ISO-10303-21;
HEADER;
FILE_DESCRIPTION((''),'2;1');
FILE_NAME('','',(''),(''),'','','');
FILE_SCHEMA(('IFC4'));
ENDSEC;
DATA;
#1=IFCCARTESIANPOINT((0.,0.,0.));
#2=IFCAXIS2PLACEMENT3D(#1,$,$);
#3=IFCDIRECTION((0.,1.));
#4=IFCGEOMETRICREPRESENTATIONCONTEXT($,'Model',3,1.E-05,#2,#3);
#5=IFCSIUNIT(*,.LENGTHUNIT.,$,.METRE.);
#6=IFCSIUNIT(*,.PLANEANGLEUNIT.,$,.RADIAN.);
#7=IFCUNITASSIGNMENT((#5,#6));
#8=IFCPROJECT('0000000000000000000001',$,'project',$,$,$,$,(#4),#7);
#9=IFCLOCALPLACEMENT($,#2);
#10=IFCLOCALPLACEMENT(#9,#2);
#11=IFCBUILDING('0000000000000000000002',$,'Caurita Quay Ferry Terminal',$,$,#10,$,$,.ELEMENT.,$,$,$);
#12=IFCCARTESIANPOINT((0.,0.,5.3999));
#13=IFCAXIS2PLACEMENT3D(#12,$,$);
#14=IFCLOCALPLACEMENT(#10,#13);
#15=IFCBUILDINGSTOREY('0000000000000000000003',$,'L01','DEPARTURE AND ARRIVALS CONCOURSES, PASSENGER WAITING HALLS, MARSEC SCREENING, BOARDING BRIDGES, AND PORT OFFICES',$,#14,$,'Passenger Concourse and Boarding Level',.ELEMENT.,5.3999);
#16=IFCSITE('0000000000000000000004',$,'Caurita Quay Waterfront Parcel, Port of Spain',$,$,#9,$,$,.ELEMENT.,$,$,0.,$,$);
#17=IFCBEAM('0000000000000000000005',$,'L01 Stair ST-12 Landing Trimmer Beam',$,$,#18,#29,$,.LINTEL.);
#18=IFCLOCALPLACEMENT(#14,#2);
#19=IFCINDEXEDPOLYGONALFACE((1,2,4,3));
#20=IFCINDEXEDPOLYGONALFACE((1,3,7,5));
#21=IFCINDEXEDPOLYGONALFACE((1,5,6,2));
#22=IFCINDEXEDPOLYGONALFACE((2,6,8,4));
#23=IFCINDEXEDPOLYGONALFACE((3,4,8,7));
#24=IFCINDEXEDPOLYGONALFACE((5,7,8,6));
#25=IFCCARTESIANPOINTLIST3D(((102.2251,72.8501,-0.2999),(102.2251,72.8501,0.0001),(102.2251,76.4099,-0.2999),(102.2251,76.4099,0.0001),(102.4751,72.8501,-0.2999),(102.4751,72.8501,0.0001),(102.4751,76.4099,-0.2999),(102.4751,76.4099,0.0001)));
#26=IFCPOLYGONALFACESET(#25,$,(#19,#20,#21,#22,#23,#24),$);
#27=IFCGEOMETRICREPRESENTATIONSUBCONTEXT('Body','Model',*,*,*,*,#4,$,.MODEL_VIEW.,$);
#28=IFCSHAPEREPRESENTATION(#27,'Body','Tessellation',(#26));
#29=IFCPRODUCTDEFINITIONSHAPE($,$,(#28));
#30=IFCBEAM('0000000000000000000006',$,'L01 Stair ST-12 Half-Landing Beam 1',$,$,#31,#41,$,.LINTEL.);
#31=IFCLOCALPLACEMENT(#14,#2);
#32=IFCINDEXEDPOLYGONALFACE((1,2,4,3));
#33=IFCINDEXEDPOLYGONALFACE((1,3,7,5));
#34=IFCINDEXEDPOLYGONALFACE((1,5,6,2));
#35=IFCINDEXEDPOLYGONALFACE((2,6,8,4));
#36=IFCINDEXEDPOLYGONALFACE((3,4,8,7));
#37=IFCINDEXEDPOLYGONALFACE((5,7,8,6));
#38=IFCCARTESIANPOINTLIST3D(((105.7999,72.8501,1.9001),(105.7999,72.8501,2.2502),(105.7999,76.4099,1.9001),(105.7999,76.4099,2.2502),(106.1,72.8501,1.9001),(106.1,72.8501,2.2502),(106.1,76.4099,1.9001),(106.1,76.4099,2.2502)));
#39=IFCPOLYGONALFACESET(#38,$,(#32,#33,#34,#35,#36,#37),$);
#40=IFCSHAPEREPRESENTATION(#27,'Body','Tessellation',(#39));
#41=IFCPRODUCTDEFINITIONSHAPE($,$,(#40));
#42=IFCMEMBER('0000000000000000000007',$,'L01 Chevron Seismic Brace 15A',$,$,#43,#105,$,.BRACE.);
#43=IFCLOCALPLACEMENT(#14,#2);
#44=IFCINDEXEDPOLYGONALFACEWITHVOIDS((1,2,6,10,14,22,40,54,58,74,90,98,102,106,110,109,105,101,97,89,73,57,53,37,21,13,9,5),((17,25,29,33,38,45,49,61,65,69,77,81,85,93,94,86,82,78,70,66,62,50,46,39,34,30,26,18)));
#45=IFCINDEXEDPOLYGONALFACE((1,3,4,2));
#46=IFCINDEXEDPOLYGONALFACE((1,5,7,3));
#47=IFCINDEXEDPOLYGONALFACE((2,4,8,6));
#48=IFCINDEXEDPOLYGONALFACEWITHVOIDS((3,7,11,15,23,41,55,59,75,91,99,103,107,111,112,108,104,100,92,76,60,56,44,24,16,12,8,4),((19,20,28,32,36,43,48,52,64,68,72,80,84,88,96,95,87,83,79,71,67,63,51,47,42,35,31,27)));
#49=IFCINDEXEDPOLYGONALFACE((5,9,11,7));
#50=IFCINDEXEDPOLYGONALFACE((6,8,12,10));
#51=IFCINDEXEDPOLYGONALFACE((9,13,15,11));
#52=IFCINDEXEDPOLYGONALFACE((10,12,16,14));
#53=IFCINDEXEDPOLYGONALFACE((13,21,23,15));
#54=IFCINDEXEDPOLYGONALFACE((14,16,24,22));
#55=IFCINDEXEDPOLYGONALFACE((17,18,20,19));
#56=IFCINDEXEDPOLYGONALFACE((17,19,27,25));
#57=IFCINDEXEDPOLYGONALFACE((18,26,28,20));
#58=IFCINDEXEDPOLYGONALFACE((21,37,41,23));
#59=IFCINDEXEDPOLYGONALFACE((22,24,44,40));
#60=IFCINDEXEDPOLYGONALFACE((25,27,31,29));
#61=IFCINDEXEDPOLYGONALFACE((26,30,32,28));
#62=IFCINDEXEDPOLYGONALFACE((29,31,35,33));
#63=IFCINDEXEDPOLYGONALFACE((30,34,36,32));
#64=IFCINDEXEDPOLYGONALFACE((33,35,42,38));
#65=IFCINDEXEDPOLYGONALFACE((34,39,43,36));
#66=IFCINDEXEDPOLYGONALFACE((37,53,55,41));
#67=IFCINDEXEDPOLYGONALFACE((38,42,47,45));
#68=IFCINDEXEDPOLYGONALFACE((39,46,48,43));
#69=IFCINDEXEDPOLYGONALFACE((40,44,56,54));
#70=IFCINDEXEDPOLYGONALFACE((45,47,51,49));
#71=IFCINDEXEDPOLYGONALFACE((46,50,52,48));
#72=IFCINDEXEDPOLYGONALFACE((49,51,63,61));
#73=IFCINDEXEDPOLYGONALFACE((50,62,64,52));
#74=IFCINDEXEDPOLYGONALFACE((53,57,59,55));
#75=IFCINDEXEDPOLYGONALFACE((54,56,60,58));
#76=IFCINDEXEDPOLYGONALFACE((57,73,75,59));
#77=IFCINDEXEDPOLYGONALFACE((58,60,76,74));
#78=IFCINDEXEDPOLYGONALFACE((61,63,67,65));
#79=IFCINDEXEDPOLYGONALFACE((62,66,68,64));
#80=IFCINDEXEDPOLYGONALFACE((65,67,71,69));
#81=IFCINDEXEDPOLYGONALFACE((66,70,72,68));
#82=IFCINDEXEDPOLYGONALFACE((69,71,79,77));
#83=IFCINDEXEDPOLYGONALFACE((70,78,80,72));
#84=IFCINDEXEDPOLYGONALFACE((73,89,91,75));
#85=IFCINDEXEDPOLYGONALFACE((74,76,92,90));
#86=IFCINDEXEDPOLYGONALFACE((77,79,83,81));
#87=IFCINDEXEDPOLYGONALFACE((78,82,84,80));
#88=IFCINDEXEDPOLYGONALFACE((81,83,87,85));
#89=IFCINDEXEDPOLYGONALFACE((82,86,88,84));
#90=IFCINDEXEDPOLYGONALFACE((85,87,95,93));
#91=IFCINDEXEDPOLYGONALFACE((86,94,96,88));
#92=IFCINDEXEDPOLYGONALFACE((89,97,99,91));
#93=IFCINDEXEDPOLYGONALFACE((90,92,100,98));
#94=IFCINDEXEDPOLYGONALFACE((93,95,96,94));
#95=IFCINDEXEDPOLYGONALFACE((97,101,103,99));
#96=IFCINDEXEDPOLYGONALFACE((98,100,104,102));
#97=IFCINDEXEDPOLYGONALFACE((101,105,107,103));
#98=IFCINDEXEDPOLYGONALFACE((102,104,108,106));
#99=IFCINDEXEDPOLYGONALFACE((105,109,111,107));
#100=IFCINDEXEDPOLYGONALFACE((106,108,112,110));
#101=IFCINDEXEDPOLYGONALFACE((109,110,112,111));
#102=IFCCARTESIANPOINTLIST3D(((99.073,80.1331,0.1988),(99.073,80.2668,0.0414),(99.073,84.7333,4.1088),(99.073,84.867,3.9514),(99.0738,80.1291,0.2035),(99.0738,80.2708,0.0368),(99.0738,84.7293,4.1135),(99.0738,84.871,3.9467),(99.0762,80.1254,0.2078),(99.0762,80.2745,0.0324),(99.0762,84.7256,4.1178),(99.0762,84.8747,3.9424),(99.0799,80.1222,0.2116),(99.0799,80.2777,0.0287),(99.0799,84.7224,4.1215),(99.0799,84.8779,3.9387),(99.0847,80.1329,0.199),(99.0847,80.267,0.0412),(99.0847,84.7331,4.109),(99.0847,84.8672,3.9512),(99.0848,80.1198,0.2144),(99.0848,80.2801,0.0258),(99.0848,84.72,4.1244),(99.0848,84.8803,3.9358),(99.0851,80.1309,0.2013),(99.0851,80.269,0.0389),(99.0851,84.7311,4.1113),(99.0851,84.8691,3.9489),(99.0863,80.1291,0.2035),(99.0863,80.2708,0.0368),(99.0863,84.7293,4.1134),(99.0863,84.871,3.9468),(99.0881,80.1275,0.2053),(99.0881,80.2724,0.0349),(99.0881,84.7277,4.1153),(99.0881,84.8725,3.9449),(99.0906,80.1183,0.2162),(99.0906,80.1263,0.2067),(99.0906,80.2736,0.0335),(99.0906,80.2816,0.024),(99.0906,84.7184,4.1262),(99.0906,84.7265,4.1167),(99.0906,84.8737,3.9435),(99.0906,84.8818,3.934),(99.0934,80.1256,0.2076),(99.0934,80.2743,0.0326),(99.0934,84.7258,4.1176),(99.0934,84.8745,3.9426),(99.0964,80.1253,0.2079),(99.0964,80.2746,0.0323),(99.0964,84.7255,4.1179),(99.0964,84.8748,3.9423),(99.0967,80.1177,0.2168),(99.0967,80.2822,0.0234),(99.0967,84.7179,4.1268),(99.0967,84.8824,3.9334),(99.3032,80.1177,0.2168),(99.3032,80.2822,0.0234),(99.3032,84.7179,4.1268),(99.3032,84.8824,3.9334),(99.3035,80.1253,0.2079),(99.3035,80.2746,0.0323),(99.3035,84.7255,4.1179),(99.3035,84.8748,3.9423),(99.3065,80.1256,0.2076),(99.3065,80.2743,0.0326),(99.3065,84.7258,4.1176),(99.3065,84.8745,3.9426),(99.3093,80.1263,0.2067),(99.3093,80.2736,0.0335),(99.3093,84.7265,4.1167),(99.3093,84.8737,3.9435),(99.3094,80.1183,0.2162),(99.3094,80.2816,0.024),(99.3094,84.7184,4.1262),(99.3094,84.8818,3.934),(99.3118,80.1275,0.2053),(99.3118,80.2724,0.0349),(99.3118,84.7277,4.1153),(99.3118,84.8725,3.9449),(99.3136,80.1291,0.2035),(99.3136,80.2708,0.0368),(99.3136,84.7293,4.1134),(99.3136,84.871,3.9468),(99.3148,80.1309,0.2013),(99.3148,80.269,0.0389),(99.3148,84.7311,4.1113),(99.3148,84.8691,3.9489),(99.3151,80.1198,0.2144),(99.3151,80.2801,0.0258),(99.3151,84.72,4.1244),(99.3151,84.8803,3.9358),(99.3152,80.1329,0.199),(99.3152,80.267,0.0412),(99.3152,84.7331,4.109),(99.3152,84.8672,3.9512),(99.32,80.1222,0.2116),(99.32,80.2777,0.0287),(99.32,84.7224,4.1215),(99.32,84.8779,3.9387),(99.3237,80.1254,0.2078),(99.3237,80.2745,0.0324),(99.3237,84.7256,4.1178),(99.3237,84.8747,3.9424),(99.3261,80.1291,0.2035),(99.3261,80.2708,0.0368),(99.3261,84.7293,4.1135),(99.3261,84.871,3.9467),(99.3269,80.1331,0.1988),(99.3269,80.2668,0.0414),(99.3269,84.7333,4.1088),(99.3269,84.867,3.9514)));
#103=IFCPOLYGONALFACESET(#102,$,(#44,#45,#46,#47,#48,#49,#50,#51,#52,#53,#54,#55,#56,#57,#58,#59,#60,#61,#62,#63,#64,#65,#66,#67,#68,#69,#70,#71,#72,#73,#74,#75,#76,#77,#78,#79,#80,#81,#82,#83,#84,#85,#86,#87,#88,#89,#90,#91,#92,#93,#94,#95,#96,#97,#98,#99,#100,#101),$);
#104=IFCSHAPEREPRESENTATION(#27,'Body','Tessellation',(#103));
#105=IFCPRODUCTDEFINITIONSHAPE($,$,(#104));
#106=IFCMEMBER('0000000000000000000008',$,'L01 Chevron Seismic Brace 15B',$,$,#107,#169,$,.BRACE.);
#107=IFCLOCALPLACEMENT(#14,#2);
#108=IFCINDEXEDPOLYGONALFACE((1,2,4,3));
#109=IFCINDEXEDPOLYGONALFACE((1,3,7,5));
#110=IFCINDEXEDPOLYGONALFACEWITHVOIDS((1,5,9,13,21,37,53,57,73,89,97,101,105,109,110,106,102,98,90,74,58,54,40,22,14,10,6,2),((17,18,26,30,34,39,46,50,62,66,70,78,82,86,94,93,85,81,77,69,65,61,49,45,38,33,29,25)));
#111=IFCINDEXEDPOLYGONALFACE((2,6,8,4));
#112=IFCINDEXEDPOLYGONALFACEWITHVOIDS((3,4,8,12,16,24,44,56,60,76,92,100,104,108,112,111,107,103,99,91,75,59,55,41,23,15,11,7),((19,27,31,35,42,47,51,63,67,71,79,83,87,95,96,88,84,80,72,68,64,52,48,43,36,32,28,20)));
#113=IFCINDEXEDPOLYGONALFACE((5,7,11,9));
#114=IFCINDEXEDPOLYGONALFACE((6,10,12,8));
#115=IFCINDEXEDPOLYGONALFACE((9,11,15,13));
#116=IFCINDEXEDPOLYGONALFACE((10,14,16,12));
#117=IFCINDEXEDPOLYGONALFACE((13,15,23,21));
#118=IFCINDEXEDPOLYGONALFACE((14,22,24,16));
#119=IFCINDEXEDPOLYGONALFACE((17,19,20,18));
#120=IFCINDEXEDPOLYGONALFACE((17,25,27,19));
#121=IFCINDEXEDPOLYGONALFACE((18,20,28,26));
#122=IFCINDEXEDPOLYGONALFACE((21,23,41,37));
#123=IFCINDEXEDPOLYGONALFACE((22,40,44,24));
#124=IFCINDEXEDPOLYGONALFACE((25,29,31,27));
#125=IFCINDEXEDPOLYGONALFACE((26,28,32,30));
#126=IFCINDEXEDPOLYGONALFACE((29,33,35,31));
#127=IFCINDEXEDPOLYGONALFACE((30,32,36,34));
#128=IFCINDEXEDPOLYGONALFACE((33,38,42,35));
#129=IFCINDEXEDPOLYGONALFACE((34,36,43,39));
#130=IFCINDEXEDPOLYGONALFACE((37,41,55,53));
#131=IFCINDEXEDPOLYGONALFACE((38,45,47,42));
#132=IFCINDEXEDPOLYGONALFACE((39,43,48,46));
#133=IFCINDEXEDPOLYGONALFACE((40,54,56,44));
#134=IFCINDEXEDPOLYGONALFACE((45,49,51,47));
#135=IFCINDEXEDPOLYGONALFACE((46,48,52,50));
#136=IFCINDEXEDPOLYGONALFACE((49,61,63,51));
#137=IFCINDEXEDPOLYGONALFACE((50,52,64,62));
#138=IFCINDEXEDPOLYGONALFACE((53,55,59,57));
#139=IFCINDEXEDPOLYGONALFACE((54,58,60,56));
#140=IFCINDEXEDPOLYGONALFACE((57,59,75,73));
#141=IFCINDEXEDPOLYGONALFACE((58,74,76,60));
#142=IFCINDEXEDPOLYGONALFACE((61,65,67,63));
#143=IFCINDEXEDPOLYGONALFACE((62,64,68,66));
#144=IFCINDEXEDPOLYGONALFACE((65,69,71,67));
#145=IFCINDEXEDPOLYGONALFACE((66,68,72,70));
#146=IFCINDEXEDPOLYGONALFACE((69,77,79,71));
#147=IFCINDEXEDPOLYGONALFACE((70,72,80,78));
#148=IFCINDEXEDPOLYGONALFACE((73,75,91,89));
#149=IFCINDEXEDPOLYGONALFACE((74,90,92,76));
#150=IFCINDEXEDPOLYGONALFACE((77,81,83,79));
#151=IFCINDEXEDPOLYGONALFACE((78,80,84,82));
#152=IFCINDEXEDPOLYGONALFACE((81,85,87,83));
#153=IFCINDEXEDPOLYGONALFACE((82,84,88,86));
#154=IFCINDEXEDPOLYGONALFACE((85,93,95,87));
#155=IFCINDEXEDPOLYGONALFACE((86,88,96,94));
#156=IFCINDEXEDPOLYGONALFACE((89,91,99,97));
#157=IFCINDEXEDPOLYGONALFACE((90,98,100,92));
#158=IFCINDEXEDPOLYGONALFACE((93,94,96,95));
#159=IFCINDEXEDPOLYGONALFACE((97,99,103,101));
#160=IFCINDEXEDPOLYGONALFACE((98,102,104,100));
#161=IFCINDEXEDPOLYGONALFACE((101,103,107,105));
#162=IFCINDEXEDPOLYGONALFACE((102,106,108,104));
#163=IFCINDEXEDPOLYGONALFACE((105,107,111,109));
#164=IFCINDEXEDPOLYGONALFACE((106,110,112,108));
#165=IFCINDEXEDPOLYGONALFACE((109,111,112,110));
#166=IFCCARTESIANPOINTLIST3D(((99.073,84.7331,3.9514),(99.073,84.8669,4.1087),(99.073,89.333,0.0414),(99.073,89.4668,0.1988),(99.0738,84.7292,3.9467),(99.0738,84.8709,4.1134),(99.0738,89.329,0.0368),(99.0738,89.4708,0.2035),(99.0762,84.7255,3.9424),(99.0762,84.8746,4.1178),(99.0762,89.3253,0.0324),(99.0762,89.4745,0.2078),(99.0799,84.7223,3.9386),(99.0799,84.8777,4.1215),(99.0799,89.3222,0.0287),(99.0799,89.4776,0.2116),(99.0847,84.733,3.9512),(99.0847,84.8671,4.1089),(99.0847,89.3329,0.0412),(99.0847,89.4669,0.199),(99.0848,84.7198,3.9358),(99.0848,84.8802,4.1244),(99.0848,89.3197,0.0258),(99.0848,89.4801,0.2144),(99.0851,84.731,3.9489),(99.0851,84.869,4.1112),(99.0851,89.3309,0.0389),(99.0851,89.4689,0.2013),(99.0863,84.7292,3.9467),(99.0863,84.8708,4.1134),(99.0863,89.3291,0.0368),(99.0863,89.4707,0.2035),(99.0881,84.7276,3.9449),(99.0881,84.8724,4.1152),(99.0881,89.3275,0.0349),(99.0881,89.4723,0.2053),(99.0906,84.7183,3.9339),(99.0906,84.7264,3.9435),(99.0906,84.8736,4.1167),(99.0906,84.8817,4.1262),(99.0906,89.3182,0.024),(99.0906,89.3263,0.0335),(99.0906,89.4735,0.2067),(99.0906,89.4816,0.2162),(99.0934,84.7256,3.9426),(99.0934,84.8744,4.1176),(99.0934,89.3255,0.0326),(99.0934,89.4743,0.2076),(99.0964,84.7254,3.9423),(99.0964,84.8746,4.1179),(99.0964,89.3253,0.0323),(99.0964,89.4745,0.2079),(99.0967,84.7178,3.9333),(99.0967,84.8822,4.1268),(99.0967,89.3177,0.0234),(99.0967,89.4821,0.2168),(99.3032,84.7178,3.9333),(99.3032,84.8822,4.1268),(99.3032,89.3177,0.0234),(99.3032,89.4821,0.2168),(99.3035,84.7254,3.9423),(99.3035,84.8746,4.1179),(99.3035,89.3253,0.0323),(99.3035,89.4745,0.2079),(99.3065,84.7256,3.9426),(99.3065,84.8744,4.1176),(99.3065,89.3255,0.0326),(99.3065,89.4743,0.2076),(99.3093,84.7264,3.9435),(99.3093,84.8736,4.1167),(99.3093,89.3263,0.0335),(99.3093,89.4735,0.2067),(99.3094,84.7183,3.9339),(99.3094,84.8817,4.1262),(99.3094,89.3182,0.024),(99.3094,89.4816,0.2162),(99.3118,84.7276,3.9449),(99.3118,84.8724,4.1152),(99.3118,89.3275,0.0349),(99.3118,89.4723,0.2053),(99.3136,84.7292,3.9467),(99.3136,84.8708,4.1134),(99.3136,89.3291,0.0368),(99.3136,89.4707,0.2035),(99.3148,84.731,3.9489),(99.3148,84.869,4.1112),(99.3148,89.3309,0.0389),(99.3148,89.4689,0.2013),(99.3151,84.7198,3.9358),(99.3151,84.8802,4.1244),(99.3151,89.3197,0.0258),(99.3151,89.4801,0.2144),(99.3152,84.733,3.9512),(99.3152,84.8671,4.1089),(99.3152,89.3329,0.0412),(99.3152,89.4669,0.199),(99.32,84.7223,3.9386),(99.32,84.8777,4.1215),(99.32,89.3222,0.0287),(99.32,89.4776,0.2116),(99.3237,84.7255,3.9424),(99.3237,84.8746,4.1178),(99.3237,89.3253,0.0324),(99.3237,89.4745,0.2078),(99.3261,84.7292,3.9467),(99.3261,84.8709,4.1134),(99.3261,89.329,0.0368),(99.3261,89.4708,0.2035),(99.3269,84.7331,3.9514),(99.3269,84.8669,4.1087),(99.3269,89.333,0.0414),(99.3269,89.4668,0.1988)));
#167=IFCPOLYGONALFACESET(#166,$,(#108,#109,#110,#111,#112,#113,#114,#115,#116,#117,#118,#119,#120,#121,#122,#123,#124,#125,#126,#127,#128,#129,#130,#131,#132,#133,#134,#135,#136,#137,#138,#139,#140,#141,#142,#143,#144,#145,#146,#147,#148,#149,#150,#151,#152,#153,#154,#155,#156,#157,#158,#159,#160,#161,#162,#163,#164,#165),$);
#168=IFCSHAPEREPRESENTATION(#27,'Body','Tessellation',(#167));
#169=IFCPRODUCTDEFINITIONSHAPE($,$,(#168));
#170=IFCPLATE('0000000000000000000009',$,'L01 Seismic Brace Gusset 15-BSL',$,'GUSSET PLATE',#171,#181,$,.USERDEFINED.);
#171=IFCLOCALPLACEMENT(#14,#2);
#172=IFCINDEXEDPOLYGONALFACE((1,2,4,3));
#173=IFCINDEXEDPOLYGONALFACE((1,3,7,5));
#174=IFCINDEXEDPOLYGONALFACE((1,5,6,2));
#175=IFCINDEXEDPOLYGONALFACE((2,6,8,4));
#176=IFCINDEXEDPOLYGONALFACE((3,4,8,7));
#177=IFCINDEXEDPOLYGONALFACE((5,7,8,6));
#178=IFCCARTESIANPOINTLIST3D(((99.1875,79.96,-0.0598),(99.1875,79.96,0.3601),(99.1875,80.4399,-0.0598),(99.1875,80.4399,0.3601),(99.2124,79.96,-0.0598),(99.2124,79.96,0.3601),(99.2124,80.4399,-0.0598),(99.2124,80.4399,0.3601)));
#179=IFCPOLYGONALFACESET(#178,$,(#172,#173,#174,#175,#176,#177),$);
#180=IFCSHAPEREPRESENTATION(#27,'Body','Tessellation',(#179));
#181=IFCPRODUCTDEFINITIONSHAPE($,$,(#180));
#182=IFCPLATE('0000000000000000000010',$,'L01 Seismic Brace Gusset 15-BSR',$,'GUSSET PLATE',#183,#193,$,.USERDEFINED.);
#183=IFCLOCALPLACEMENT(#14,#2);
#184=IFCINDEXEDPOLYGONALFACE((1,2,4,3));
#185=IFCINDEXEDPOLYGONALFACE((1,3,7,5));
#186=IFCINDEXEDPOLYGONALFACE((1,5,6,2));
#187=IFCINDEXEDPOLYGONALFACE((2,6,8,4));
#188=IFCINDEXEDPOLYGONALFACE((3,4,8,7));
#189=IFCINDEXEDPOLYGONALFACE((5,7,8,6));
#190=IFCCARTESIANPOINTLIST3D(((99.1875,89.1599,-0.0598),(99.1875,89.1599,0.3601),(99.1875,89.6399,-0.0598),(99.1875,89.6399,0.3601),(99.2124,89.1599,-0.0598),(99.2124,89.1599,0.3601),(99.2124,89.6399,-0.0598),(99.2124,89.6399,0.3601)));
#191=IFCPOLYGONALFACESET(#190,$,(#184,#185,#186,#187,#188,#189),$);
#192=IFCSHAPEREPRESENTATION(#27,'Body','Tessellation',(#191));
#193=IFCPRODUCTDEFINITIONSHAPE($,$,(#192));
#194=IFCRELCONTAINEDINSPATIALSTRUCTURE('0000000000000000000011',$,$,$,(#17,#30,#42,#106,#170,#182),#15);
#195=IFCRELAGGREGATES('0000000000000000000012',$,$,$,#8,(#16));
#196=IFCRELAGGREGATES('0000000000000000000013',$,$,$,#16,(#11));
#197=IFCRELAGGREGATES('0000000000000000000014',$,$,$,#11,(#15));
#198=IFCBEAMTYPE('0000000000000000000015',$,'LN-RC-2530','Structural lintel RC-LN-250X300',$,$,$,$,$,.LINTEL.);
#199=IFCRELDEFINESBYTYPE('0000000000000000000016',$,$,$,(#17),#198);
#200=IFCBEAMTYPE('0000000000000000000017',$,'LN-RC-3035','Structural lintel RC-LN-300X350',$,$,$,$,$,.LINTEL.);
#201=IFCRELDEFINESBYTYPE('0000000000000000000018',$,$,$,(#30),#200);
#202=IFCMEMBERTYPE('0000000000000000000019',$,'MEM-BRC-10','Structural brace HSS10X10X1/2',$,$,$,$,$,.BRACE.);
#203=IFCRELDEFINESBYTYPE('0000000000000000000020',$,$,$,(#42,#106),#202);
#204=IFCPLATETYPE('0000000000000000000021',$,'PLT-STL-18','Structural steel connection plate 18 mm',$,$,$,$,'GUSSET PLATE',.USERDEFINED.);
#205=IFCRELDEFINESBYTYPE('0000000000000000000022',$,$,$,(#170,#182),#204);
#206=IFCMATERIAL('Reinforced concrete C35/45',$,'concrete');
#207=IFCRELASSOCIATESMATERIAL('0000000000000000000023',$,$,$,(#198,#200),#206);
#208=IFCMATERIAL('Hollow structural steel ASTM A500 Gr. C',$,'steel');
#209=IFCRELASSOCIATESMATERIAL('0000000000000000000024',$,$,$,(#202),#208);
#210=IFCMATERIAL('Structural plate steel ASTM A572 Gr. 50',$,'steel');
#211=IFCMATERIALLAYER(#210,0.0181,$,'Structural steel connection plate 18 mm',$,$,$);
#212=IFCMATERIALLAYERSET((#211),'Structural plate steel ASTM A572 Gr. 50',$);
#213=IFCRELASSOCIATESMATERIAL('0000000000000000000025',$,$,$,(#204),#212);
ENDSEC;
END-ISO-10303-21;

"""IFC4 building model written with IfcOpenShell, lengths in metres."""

from ifc_helpers import new_model, si_unit, direction, frame, origin, origin_2d, place, context, subcontext, project, spatial, rectangle, hollow_rectangle, extrude, material, layer, layer_set, material_profile, profile_set, type_object, element, save


model = new_model("IFC4")

# Units and contexts
model_context = context("Model", 3, precision=1e-05, world=origin(), true_north=direction((0.0, 1.0)))
body_context = subcontext(model_context, "Body", "Model", "MODEL_VIEW")
ifc_project = project(units=[si_unit("LENGTHUNIT", "METRE"), si_unit("PLANEANGLEUNIT", "RADIAN")], contexts=[model_context])

# Site, building, storey
site_placement = place(None, origin())
site = spatial("IfcSite", under=ifc_project, at=site_placement, Name="Caurita Quay Waterfront Parcel, Port of Spain", CompositionType="ELEMENT", RefElevation=0.0)
building_placement = place(site_placement, origin())
building = spatial("IfcBuilding", under=site, at=building_placement, Name="Caurita Quay Ferry Terminal", CompositionType="ELEMENT")
storey_placement = place(building_placement, frame((0.0, 0.0, 5.3999)))
storey = spatial("IfcBuildingStorey", under=building, at=storey_placement, Name="L01", Description="DEPARTURE AND ARRIVALS CONCOURSES, PASSENGER WAITING HALLS, MARSEC SCREENING, BOARDING BRIDGES, AND PORT OFFICES", LongName="Passenger Concourse and Boarding Level", CompositionType="ELEMENT", Elevation=5.3999)

# Shared definitions
ifc_material_1 = material(Name="Reinforced concrete C35/45", Category="concrete")

# Beams
ifc_material_profile_1 = material_profile(ifc_material_1, rectangle(XDim=0.25, YDim=0.3, at=origin_2d()), Name="RC-LN-250X300")
ifc_profile_set_1 = profile_set([ifc_material_profile_1], Name="Reinforced concrete C35/45")
beam_type_1 = type_object("IfcBeamType", Name="LN-RC-2530", Description="Structural lintel RC-LN-250X300", PredefinedType="LINTEL", material=ifc_profile_set_1)
beam_1_placement = place(storey_placement, frame((102.3501, 72.8501, -0.1499), z_axis=(0.0, 1.0, 0.0), x_axis=(-1.0, 0.0, 0.0)))
element("IfcBeam", 1, at=beam_1_placement, inside=storey, type_object=beam_type_1, Name="L01 Stair ST-12 Landing Trimmer Beam", PredefinedType="LINTEL", context=body_context, shape_type="SweptSolid", body=[
    extrude(rectangle(XDim=0.25, YDim=0.3, at=origin_2d()), origin(), (0.0, 0.0, 1.0), 3.5598),
])
ifc_material_profile_2 = material_profile(ifc_material_1, rectangle(XDim=0.3, YDim=0.3501, at=origin_2d()), Name="RC-LN-300X350")
ifc_profile_set_2 = profile_set([ifc_material_profile_2], Name="Reinforced concrete C35/45")
beam_type_2 = type_object("IfcBeamType", Name="LN-RC-3035", Description="Structural lintel RC-LN-300X350", PredefinedType="LINTEL", material=ifc_profile_set_2)
beam_2_placement = place(storey_placement, frame((105.95, 72.8501, 2.0752), z_axis=(0.0, 1.0, 0.0), x_axis=(-1.0, 0.0, 0.0)))
element("IfcBeam", 2, at=beam_2_placement, inside=storey, type_object=beam_type_2, Name="L01 Stair ST-12 Half-Landing Beam 1", PredefinedType="LINTEL", context=body_context, shape_type="SweptSolid", body=[
    extrude(rectangle(XDim=0.3, YDim=0.3501, at=origin_2d()), origin(), (0.0, 0.0, 1.0), 3.5598),
])

# Members
ifc_material_2 = material(Name="Hollow structural steel ASTM A500 Gr. C", Category="steel")
ifc_material_profile_3 = material_profile(ifc_material_2, hollow_rectangle(XDim=0.2539, YDim=0.2539, WallThickness=0.0117, InnerFilletRadius=0.0117, OuterFilletRadius=0.0237, at=origin_2d()), Name="HSS10X10X1/2")
ifc_profile_set_3 = profile_set([ifc_material_profile_3], Name="Hollow structural steel ASTM A500 Gr. C")
member_type = type_object("IfcMemberType", Name="MEM-BRC-10", Description="Structural brace HSS10X10X1/2", PredefinedType="BRACE", material=ifc_profile_set_3)
member_1_placement = place(storey_placement, frame((99.2, 80.2, 0.1201), z_axis=(0.0, 0.761953, 0.647632), x_axis=(-1.0, 0.0, 0.0)))
element("IfcMember", 3, at=member_1_placement, inside=storey, type_object=member_type, Name="L01 Chevron Seismic Brace 15A", PredefinedType="BRACE", context=body_context, shape_type="SweptSolid", body=[
    extrude(hollow_rectangle(XDim=0.2539, YDim=0.2539, WallThickness=0.0117, InnerFilletRadius=0.0117, OuterFilletRadius=0.0237, at=origin_2d()), origin(), (0.0, 0.0, 1.0), 6.0374),
])
member_2_placement = place(storey_placement, frame((99.2, 89.3999, 0.1201), z_axis=(0.0, -0.761936, 0.647652), x_axis=(1.0, 0.0, 0.0)))
element("IfcMember", 4, at=member_2_placement, inside=storey, type_object=member_type, Name="L01 Chevron Seismic Brace 15B", PredefinedType="BRACE", context=body_context, shape_type="SweptSolid", body=[
    extrude(hollow_rectangle(XDim=0.2539, YDim=0.2539, WallThickness=0.0117, InnerFilletRadius=0.0117, OuterFilletRadius=0.0237, at=origin_2d()), origin(), (0.0, 0.0, 1.0), 6.0371),
])

# Plates
ifc_material_3 = material(Name="Structural plate steel ASTM A572 Gr. 50", Category="steel")
ifc_layer_1 = layer(ifc_material_3, 0.0181, Name="Structural steel connection plate 18 mm")
ifc_layer_set_1 = layer_set([ifc_layer_1], Name="Structural plate steel ASTM A572 Gr. 50")
plate_type_1 = type_object("IfcPlateType", Name="PLT-STL-18", Description="Structural steel connection plate 18 mm", ElementType="GUSSET PLATE", PredefinedType="USERDEFINED", material=ifc_layer_set_1)
for number, where, z_axis, x_axis, name in (
    (5, (99.2, 80.2, -0.0598), (0.0, 0.0, 1.0), (0.0, 1.0, 0.0), "L01 Seismic Brace Gusset 15-BSL"),
    (6, (99.2, 89.3999, -0.0598), (0.0, 0.0, 1.0), (0.0, 1.0, 0.0), "L01 Seismic Brace Gusset 15-BSR"),
):
    element("IfcPlate", number, at=place(storey_placement, frame(where, z_axis=z_axis, x_axis=x_axis)), inside=storey, type_object=plate_type_1, Name=name, ObjectType="GUSSET PLATE", PredefinedType="USERDEFINED", context=body_context, shape_type="SweptSolid", body=[
        extrude(rectangle(XDim=0.48, YDim=0.0249, at=origin_2d()), origin(), (0.0, 0.0, 1.0), 0.4199),
    ])

save(model, "model.ifc")
